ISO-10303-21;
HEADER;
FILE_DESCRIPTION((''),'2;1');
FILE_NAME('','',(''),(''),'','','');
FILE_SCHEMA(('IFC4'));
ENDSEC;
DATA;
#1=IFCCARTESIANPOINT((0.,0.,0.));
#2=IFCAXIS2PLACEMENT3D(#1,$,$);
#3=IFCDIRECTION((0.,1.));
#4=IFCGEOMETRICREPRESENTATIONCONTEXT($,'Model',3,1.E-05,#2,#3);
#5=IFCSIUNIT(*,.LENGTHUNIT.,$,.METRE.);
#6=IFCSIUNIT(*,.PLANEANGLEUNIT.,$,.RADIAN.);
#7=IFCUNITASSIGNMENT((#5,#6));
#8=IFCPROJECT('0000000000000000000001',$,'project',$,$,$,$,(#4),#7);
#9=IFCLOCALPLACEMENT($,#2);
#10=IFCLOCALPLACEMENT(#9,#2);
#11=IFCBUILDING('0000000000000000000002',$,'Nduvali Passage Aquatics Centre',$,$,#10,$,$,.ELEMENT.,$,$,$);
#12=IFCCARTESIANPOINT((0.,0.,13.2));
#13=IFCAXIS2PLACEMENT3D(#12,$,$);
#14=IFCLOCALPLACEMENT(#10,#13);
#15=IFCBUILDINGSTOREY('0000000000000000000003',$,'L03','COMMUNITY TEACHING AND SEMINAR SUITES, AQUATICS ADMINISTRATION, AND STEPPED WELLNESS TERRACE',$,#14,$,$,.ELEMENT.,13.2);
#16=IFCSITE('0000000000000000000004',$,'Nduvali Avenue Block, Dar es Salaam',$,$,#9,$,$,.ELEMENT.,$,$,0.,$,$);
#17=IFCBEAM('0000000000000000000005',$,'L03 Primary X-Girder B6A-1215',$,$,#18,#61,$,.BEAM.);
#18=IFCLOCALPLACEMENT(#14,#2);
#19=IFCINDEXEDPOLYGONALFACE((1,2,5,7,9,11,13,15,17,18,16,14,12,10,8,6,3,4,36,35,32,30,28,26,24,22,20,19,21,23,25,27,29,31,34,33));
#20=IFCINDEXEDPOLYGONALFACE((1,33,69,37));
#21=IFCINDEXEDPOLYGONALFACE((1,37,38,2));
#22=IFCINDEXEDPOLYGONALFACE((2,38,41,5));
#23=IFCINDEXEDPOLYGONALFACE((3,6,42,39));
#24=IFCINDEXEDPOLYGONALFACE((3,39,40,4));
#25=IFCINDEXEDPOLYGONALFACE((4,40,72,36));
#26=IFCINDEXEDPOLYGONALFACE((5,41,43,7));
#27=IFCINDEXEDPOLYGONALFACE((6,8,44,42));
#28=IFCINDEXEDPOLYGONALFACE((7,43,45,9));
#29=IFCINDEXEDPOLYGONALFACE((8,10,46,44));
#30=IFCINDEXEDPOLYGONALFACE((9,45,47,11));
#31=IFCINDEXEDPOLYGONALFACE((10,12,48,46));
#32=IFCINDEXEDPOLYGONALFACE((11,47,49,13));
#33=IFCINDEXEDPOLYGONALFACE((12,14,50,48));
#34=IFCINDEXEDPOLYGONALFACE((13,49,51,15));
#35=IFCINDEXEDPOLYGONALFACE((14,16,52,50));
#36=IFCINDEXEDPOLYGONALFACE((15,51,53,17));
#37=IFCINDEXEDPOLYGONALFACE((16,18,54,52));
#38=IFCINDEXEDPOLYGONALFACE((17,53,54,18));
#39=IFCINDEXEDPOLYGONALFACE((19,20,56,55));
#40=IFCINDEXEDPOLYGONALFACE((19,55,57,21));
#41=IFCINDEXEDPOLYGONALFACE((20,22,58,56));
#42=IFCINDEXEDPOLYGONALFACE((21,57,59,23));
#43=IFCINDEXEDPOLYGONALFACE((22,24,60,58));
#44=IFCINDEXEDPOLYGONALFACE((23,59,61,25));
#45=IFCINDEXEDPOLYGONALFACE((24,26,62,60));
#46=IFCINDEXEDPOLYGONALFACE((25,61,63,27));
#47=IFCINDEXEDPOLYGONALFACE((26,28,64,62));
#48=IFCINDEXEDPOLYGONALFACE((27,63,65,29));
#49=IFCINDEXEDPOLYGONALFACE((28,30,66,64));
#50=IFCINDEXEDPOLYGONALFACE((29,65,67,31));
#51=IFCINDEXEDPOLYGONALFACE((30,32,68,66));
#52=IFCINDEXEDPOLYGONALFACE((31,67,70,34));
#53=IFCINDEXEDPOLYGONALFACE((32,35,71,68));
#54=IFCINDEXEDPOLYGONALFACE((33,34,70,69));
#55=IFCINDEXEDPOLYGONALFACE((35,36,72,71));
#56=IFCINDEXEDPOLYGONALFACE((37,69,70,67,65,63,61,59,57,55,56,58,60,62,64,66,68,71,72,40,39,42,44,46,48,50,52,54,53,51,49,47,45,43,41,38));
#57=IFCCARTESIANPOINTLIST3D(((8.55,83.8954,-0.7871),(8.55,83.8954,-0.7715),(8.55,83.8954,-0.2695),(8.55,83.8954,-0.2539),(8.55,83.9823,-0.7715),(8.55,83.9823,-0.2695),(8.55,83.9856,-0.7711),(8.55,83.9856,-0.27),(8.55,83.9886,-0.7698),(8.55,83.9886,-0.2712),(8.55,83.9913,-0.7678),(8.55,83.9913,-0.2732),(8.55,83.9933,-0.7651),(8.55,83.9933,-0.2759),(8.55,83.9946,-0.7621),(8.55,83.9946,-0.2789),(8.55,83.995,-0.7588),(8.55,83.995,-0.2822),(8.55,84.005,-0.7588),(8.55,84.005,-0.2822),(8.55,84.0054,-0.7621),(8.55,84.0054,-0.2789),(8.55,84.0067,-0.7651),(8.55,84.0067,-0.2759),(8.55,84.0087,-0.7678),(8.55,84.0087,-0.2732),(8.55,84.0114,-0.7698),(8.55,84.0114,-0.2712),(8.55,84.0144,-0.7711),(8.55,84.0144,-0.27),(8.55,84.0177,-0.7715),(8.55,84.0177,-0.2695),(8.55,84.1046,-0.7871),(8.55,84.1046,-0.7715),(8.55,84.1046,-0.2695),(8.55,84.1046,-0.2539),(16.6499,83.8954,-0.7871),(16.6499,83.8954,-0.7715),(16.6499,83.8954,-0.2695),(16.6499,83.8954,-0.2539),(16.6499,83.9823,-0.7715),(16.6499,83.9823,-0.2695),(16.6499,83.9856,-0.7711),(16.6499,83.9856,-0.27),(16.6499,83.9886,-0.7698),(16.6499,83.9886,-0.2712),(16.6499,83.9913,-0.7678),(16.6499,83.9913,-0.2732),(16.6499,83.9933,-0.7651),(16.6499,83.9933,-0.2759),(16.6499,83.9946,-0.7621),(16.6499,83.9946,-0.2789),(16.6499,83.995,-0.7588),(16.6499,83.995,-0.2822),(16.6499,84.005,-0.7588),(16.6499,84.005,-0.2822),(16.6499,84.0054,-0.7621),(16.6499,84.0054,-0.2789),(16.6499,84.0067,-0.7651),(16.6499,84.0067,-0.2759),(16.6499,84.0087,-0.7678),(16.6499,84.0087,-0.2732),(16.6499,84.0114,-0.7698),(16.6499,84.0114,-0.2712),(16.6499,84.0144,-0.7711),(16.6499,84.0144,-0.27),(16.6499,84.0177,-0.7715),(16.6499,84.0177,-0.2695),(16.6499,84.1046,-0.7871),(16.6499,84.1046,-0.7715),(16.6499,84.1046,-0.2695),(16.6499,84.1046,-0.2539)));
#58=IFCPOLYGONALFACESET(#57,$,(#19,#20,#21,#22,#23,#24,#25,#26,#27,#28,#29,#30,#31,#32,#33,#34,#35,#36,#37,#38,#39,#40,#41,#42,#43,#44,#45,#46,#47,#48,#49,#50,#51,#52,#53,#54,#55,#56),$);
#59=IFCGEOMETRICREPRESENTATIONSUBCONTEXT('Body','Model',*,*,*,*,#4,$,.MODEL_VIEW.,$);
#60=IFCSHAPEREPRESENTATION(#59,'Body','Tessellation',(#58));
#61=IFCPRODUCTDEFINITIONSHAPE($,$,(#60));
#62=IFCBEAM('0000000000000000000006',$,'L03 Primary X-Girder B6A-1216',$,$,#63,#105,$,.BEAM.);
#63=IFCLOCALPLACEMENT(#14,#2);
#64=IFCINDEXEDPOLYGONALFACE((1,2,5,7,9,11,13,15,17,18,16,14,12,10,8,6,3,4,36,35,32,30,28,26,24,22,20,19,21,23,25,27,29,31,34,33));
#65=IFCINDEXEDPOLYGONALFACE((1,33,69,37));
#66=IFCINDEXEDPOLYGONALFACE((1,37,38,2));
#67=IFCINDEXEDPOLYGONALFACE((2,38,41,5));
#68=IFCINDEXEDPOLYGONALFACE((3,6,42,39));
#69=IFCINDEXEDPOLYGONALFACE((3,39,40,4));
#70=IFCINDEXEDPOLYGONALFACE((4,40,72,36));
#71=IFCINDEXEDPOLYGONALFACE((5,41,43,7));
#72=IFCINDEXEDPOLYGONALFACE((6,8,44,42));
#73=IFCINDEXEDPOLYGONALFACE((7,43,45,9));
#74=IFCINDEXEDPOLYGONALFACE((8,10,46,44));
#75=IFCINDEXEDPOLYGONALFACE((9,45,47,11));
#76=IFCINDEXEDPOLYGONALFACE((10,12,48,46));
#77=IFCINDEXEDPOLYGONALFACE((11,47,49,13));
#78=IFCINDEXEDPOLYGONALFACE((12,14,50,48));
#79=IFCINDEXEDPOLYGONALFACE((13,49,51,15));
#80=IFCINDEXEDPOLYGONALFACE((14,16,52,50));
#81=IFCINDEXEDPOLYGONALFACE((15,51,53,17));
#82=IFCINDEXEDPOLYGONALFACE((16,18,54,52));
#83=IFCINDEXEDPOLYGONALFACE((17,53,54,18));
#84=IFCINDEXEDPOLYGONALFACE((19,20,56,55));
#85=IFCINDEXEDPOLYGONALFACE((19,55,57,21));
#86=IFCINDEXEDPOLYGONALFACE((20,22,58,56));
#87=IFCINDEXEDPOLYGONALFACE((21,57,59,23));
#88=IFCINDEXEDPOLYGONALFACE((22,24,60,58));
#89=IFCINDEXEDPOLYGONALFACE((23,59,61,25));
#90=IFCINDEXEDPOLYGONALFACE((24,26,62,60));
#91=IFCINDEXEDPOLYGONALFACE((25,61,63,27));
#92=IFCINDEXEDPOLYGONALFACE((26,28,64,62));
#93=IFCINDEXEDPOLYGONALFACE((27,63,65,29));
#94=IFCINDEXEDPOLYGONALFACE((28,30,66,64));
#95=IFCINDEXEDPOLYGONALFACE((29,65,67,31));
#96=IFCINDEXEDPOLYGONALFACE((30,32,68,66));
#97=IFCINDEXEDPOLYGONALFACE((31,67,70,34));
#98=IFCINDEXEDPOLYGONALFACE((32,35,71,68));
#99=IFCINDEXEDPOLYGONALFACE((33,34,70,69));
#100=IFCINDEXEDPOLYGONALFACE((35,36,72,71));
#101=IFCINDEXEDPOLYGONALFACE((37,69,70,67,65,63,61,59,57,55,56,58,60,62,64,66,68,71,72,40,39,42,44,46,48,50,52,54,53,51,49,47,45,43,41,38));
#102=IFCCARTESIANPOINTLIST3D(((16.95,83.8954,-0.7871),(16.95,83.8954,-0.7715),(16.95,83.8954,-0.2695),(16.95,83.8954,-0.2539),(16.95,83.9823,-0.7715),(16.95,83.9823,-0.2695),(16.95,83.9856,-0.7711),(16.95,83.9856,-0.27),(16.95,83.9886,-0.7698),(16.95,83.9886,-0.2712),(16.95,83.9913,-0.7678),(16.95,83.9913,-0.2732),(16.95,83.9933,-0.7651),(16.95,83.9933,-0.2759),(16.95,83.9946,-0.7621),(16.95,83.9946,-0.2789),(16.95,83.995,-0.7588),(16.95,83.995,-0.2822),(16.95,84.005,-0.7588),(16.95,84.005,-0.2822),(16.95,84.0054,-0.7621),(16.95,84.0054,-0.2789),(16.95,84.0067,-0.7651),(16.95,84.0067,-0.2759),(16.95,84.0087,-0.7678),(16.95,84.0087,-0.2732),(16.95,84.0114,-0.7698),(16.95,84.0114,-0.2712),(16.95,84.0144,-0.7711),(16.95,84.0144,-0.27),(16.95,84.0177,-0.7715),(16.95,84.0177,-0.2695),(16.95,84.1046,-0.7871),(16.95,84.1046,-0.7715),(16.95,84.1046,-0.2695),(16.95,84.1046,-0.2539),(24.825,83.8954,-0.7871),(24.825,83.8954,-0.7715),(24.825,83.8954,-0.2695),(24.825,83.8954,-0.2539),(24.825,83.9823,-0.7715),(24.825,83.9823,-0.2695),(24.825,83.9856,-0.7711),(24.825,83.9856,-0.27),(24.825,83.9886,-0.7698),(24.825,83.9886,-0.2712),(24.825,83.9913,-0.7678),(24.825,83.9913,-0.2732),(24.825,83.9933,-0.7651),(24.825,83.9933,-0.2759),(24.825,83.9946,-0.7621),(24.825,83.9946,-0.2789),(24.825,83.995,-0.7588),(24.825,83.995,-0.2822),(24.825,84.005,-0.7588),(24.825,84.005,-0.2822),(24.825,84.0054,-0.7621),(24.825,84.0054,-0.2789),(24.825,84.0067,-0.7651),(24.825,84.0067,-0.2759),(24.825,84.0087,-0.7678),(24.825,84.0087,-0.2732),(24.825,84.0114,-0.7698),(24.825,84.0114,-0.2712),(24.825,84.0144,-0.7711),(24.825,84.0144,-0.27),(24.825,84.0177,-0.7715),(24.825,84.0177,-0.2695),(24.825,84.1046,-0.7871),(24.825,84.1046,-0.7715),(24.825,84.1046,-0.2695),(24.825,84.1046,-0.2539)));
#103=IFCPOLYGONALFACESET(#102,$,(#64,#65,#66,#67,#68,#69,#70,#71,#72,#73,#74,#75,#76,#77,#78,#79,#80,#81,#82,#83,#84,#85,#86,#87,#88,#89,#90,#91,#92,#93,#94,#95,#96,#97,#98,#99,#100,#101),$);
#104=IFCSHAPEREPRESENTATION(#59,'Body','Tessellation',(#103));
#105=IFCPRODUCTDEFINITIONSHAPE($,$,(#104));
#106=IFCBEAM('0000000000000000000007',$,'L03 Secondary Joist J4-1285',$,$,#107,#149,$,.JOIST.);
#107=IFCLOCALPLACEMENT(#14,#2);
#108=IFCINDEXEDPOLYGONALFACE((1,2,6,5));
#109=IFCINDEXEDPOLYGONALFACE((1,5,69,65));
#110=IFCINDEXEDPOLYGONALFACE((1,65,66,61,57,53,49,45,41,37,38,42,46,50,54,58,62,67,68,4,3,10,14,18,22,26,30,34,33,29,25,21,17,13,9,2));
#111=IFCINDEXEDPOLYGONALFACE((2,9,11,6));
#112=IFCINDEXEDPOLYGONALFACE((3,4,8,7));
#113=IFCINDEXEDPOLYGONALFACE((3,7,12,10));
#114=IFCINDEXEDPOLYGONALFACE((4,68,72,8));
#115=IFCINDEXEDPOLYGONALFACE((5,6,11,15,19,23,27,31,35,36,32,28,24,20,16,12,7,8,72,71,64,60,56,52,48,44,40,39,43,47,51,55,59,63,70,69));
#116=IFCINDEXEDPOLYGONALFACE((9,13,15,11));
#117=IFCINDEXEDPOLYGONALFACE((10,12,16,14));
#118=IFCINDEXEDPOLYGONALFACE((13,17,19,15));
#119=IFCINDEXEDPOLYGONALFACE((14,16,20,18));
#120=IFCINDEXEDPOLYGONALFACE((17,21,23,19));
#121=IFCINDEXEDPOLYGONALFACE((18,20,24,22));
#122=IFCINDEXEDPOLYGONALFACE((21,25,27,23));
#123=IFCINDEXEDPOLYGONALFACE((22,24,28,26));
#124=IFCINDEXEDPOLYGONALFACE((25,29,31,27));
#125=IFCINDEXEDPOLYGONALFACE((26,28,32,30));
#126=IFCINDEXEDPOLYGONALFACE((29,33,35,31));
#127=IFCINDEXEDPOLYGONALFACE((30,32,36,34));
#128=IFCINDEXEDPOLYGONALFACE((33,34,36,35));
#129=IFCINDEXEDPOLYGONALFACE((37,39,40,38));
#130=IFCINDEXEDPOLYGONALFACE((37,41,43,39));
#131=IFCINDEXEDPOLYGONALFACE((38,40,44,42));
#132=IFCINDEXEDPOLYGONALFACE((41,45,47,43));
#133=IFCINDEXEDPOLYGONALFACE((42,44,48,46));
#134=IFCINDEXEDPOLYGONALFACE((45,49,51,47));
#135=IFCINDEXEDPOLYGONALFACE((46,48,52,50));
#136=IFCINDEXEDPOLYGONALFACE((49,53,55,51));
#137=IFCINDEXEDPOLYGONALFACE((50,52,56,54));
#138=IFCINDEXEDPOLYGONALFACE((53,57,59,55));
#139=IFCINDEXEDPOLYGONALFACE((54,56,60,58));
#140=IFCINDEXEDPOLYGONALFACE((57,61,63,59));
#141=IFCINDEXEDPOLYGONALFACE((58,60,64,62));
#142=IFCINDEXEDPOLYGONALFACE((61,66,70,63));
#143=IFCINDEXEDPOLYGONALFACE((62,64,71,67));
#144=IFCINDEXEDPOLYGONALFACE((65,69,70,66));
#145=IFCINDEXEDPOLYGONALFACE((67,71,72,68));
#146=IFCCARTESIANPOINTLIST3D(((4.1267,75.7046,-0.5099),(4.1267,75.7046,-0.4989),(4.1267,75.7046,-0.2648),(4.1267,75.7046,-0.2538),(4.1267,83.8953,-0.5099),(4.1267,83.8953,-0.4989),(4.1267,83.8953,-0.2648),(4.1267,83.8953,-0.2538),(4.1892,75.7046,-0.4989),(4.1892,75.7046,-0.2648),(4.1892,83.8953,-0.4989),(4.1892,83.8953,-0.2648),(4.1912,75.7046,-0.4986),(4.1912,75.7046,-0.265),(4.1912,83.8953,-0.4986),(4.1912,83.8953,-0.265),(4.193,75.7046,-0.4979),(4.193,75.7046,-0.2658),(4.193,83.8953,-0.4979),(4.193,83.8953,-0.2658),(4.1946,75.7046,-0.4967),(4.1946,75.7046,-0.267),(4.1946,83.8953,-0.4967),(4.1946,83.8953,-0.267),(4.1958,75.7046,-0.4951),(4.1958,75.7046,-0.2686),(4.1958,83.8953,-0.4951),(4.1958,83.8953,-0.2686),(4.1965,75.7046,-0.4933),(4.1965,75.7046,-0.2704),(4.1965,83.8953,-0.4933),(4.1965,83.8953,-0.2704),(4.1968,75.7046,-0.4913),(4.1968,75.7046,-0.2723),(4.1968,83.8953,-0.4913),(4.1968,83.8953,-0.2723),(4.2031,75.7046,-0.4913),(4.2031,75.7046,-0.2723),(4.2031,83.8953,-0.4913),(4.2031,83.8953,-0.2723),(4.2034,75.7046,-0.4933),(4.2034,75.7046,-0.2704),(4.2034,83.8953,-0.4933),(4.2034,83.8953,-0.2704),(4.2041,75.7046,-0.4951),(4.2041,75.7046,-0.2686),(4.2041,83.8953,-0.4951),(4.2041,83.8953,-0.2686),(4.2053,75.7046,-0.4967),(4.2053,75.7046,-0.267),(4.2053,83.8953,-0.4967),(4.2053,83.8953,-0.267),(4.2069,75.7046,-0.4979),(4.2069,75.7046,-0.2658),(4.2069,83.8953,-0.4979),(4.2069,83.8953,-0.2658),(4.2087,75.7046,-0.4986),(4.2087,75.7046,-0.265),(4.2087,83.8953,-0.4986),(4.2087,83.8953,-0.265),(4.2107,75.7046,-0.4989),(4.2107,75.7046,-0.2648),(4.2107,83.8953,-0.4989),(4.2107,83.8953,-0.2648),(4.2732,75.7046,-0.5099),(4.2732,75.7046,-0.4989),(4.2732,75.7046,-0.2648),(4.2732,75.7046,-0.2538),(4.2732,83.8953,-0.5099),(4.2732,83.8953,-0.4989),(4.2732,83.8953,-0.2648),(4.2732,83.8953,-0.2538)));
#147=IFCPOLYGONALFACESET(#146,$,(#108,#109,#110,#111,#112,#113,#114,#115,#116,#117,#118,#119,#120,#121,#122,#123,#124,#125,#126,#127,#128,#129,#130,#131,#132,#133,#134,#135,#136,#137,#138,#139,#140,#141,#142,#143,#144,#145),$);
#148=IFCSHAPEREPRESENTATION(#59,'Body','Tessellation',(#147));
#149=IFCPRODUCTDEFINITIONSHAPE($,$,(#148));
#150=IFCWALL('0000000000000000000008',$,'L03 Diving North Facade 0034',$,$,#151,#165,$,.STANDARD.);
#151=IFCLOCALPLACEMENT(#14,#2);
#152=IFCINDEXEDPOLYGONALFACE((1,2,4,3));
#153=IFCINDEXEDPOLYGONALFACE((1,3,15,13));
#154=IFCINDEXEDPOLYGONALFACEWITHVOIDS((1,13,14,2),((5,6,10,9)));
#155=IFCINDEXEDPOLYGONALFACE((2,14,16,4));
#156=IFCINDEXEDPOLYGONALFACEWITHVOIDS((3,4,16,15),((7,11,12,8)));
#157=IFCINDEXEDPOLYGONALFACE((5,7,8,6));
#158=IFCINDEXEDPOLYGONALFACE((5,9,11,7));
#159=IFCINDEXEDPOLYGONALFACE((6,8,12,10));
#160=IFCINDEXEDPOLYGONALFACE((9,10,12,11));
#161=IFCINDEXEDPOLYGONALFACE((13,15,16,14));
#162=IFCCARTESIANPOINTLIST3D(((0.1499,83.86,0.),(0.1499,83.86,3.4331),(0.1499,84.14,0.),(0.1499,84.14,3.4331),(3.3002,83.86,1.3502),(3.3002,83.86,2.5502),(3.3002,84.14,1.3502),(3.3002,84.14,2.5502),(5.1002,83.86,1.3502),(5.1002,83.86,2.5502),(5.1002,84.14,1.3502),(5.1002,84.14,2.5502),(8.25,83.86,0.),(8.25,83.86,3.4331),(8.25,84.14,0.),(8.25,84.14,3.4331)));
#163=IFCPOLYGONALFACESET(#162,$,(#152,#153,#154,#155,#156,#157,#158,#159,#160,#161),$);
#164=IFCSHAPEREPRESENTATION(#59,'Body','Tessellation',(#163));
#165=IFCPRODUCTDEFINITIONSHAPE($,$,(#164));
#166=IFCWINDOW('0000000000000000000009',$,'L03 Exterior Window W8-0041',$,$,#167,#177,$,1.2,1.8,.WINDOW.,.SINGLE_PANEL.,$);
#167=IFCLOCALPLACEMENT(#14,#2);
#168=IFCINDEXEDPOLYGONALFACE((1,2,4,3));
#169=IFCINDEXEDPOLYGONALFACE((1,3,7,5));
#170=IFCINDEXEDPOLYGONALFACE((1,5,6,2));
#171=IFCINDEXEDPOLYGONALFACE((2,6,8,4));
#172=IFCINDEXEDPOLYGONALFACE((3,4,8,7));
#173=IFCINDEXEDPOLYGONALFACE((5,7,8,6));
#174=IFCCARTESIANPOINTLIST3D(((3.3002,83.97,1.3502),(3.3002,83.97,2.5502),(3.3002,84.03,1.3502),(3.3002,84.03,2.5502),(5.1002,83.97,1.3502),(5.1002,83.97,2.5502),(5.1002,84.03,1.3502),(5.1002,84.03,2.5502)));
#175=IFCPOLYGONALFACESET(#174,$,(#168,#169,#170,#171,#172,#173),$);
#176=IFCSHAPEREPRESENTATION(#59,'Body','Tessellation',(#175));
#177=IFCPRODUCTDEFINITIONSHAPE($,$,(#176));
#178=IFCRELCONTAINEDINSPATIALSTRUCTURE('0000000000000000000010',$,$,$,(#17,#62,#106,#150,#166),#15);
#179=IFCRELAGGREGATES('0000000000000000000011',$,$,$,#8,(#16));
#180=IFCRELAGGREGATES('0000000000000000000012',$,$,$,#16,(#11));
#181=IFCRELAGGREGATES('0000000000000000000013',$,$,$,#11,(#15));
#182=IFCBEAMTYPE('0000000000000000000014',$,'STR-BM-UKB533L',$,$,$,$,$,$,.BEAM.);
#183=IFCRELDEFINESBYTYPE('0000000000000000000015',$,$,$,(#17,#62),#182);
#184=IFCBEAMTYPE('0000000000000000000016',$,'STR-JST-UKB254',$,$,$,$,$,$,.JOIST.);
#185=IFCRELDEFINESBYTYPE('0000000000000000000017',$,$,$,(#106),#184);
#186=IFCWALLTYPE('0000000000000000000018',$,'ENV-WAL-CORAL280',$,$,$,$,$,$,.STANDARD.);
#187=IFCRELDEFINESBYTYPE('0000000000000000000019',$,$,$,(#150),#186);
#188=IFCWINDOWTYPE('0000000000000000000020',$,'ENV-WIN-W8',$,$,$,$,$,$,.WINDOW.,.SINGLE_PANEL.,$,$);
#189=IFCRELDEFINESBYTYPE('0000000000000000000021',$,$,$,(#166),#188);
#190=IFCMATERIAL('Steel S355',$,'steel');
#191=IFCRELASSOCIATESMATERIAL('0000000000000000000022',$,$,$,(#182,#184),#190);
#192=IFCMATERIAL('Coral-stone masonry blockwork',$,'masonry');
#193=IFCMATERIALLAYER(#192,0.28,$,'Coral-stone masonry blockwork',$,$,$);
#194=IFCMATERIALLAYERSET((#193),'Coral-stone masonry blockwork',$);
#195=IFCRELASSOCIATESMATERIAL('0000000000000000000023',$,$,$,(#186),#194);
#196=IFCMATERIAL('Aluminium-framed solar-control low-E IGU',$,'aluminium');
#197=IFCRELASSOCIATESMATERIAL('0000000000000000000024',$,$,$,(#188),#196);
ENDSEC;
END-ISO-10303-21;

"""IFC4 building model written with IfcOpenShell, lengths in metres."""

from ifc_helpers import new_model, si_unit, direction, frame, frame_2d, origin, origin_2d, place, context, subcontext, project, spatial, rectangle, i_section, extrude, material, layer, layer_set, material_profile, profile_set, type_object, element, fill, save


model = new_model("IFC4")

# Units and contexts
model_context = context("Model", 3, precision=1e-05, world=origin(), true_north=direction((0.0, 1.0)))
body_context = subcontext(model_context, "Body", "Model", "MODEL_VIEW")
ifc_project = project(units=[si_unit("LENGTHUNIT", "METRE"), si_unit("PLANEANGLEUNIT", "RADIAN")], contexts=[model_context])

# Site, building, storey
site_placement = place(None, origin())
site = spatial("IfcSite", under=ifc_project, at=site_placement, Name="Nduvali Avenue Block, Dar es Salaam", CompositionType="ELEMENT", RefElevation=0.0)
building_placement = place(site_placement, origin())
building = spatial("IfcBuilding", under=site, at=building_placement, Name="Nduvali Passage Aquatics Centre", CompositionType="ELEMENT")
storey_placement = place(building_placement, frame((0.0, 0.0, 13.2)))
storey = spatial("IfcBuildingStorey", under=building, at=storey_placement, Name="L03", Description="COMMUNITY TEACHING AND SEMINAR SUITES, AQUATICS ADMINISTRATION, AND STEPPED WELLNESS TERRACE", CompositionType="ELEMENT", Elevation=13.2)

# Shared definitions
ifc_material_1 = material(Name="Steel S355", Category="steel")

# Beams
ifc_material_profile_1 = material_profile(ifc_material_1, i_section(OverallWidth=0.2092, OverallDepth=0.5332, WebThickness=0.01, FlangeThickness=0.0156, FilletRadius=0.0127, at=origin_2d()), Name="UKB 533x210x92")
ifc_profile_set_1 = profile_set([ifc_material_profile_1], Name="Steel S355")
beam_type_1 = type_object("IfcBeamType", Name="STR-BM-UKB533L", PredefinedType="BEAM", material=ifc_profile_set_1)
beam_1_placement = place(storey_placement, frame((8.55, 84.0, -0.5205), z_axis=(1.0, 0.0, 0.0), x_axis=(0.0, 1.0, 0.0)))
element("IfcBeam", 1, at=beam_1_placement, inside=storey, type_object=beam_type_1, Name="L03 Primary X-Girder B6A-1215", PredefinedType="BEAM", context=body_context, shape_type="SweptSolid", body=[
    extrude(i_section(OverallWidth=0.2092, OverallDepth=0.5332, WebThickness=0.01, FlangeThickness=0.0156, FilletRadius=0.0127, at=origin_2d()), origin(), (0.0, 0.0, 1.0), 8.0999),
])
beam_2_placement = place(storey_placement, frame((16.95, 84.0, -0.5205), z_axis=(1.0, 0.0, 0.0), x_axis=(0.0, 1.0, 0.0)))
element("IfcBeam", 2, at=beam_2_placement, inside=storey, type_object=beam_type_1, Name="L03 Primary X-Girder B6A-1216", PredefinedType="BEAM", context=body_context, shape_type="SweptSolid", body=[
    extrude(i_section(OverallWidth=0.2092, OverallDepth=0.5332, WebThickness=0.01, FlangeThickness=0.0156, FilletRadius=0.0127, at=origin_2d()), origin(), (0.0, 0.0, 1.0), 7.875),
])
ifc_material_profile_2 = material_profile(ifc_material_1, i_section(OverallWidth=0.1465, OverallDepth=0.2561, WebThickness=0.0063, FlangeThickness=0.011, FilletRadius=0.0076, at=origin_2d()), Name="UKB 254x146x37")
ifc_profile_set_2 = profile_set([ifc_material_profile_2], Name="Steel S355")
beam_type_2 = type_object("IfcBeamType", Name="STR-JST-UKB254", PredefinedType="JOIST", material=ifc_profile_set_2)
beam_3_placement = place(storey_placement, frame((4.2, 75.7046, -0.3818), z_axis=(0.0, 1.0, 0.0), x_axis=(-1.0, 0.0, 0.0)))
element("IfcBeam", 3, at=beam_3_placement, inside=storey, type_object=beam_type_2, Name="L03 Secondary Joist J4-1285", PredefinedType="JOIST", context=body_context, shape_type="SweptSolid", body=[
    extrude(i_section(OverallWidth=0.1465, OverallDepth=0.2561, WebThickness=0.0063, FlangeThickness=0.011, FilletRadius=0.0076, at=origin_2d()), origin(), (0.0, 0.0, 1.0), 8.1907),
])

# Wall, opening, window
ifc_material_2 = material(Name="Coral-stone masonry blockwork", Category="masonry")
ifc_layer_1 = layer(ifc_material_2, 0.28, Name="Coral-stone masonry blockwork")
ifc_layer_set_1 = layer_set([ifc_layer_1], Name="Coral-stone masonry blockwork")
wall_type_1 = type_object("IfcWallType", Name="ENV-WAL-CORAL280", PredefinedType="STANDARD", material=ifc_layer_set_1)
wall_1_placement = place(storey_placement, frame((8.25, 84.0, 0.0), z_axis=(0.0, 0.0, 1.0), x_axis=(-1.0, 0.0, 0.0)))
wall_1 = element("IfcWall", 4, at=wall_1_placement, inside=storey, type_object=wall_type_1, Name="L03 Diving North Facade 0034", PredefinedType="STANDARD", context=body_context, shape_type="SweptSolid", body=[
    extrude(rectangle(XDim=8.1001, YDim=0.28, at=frame_2d((4.05, 0.0))), origin(), (0.0, 0.0, 1.0), 3.4331),
])
opening_1_placement = place(wall_1_placement, frame((3.1499, 0.0, 1.3501)))
opening_1 = element("IfcOpeningElement", 5, at=opening_1_placement, cuts=wall_1, PredefinedType="OPENING", context=body_context, shape_type="SweptSolid", body=[
    extrude(rectangle(XDim=1.8, YDim=1.2, at=frame_2d((0.8999, 0.6001))), frame((0.0, 0.1548, 0.0), z_axis=(0.0, -1.0, 0.0), x_axis=(1.0, 0.0, 0.0)), (0.0, 0.0, 1.0), 0.3098),
])
ifc_material_3 = material(Name="Aluminium-framed solar-control low-E IGU", Category="aluminium")
window_type_1 = type_object("IfcWindowType", Name="ENV-WIN-W8", PartitioningType="SINGLE_PANEL", PredefinedType="WINDOW", material=ifc_material_3)
window_1_placement = place(opening_1_placement, origin())
window_1 = element("IfcWindow", 6, at=window_1_placement, inside=storey, type_object=window_type_1, Name="L03 Exterior Window W8-0041", OverallHeight=1.2, OverallWidth=1.8, PartitioningType="SINGLE_PANEL", PredefinedType="WINDOW", context=body_context, shape_type="SweptSolid", body=[
    extrude(rectangle(XDim=1.8, YDim=1.2, at=frame_2d((0.8999, 0.6001))), frame((0.0, 0.03, 0.0), z_axis=(0.0, -1.0, 0.0), x_axis=(1.0, 0.0, 0.0)), (0.0, 0.0, 1.0), 0.0601),
])
fill(opening_1, window_1)

save(model, "model.ifc")
